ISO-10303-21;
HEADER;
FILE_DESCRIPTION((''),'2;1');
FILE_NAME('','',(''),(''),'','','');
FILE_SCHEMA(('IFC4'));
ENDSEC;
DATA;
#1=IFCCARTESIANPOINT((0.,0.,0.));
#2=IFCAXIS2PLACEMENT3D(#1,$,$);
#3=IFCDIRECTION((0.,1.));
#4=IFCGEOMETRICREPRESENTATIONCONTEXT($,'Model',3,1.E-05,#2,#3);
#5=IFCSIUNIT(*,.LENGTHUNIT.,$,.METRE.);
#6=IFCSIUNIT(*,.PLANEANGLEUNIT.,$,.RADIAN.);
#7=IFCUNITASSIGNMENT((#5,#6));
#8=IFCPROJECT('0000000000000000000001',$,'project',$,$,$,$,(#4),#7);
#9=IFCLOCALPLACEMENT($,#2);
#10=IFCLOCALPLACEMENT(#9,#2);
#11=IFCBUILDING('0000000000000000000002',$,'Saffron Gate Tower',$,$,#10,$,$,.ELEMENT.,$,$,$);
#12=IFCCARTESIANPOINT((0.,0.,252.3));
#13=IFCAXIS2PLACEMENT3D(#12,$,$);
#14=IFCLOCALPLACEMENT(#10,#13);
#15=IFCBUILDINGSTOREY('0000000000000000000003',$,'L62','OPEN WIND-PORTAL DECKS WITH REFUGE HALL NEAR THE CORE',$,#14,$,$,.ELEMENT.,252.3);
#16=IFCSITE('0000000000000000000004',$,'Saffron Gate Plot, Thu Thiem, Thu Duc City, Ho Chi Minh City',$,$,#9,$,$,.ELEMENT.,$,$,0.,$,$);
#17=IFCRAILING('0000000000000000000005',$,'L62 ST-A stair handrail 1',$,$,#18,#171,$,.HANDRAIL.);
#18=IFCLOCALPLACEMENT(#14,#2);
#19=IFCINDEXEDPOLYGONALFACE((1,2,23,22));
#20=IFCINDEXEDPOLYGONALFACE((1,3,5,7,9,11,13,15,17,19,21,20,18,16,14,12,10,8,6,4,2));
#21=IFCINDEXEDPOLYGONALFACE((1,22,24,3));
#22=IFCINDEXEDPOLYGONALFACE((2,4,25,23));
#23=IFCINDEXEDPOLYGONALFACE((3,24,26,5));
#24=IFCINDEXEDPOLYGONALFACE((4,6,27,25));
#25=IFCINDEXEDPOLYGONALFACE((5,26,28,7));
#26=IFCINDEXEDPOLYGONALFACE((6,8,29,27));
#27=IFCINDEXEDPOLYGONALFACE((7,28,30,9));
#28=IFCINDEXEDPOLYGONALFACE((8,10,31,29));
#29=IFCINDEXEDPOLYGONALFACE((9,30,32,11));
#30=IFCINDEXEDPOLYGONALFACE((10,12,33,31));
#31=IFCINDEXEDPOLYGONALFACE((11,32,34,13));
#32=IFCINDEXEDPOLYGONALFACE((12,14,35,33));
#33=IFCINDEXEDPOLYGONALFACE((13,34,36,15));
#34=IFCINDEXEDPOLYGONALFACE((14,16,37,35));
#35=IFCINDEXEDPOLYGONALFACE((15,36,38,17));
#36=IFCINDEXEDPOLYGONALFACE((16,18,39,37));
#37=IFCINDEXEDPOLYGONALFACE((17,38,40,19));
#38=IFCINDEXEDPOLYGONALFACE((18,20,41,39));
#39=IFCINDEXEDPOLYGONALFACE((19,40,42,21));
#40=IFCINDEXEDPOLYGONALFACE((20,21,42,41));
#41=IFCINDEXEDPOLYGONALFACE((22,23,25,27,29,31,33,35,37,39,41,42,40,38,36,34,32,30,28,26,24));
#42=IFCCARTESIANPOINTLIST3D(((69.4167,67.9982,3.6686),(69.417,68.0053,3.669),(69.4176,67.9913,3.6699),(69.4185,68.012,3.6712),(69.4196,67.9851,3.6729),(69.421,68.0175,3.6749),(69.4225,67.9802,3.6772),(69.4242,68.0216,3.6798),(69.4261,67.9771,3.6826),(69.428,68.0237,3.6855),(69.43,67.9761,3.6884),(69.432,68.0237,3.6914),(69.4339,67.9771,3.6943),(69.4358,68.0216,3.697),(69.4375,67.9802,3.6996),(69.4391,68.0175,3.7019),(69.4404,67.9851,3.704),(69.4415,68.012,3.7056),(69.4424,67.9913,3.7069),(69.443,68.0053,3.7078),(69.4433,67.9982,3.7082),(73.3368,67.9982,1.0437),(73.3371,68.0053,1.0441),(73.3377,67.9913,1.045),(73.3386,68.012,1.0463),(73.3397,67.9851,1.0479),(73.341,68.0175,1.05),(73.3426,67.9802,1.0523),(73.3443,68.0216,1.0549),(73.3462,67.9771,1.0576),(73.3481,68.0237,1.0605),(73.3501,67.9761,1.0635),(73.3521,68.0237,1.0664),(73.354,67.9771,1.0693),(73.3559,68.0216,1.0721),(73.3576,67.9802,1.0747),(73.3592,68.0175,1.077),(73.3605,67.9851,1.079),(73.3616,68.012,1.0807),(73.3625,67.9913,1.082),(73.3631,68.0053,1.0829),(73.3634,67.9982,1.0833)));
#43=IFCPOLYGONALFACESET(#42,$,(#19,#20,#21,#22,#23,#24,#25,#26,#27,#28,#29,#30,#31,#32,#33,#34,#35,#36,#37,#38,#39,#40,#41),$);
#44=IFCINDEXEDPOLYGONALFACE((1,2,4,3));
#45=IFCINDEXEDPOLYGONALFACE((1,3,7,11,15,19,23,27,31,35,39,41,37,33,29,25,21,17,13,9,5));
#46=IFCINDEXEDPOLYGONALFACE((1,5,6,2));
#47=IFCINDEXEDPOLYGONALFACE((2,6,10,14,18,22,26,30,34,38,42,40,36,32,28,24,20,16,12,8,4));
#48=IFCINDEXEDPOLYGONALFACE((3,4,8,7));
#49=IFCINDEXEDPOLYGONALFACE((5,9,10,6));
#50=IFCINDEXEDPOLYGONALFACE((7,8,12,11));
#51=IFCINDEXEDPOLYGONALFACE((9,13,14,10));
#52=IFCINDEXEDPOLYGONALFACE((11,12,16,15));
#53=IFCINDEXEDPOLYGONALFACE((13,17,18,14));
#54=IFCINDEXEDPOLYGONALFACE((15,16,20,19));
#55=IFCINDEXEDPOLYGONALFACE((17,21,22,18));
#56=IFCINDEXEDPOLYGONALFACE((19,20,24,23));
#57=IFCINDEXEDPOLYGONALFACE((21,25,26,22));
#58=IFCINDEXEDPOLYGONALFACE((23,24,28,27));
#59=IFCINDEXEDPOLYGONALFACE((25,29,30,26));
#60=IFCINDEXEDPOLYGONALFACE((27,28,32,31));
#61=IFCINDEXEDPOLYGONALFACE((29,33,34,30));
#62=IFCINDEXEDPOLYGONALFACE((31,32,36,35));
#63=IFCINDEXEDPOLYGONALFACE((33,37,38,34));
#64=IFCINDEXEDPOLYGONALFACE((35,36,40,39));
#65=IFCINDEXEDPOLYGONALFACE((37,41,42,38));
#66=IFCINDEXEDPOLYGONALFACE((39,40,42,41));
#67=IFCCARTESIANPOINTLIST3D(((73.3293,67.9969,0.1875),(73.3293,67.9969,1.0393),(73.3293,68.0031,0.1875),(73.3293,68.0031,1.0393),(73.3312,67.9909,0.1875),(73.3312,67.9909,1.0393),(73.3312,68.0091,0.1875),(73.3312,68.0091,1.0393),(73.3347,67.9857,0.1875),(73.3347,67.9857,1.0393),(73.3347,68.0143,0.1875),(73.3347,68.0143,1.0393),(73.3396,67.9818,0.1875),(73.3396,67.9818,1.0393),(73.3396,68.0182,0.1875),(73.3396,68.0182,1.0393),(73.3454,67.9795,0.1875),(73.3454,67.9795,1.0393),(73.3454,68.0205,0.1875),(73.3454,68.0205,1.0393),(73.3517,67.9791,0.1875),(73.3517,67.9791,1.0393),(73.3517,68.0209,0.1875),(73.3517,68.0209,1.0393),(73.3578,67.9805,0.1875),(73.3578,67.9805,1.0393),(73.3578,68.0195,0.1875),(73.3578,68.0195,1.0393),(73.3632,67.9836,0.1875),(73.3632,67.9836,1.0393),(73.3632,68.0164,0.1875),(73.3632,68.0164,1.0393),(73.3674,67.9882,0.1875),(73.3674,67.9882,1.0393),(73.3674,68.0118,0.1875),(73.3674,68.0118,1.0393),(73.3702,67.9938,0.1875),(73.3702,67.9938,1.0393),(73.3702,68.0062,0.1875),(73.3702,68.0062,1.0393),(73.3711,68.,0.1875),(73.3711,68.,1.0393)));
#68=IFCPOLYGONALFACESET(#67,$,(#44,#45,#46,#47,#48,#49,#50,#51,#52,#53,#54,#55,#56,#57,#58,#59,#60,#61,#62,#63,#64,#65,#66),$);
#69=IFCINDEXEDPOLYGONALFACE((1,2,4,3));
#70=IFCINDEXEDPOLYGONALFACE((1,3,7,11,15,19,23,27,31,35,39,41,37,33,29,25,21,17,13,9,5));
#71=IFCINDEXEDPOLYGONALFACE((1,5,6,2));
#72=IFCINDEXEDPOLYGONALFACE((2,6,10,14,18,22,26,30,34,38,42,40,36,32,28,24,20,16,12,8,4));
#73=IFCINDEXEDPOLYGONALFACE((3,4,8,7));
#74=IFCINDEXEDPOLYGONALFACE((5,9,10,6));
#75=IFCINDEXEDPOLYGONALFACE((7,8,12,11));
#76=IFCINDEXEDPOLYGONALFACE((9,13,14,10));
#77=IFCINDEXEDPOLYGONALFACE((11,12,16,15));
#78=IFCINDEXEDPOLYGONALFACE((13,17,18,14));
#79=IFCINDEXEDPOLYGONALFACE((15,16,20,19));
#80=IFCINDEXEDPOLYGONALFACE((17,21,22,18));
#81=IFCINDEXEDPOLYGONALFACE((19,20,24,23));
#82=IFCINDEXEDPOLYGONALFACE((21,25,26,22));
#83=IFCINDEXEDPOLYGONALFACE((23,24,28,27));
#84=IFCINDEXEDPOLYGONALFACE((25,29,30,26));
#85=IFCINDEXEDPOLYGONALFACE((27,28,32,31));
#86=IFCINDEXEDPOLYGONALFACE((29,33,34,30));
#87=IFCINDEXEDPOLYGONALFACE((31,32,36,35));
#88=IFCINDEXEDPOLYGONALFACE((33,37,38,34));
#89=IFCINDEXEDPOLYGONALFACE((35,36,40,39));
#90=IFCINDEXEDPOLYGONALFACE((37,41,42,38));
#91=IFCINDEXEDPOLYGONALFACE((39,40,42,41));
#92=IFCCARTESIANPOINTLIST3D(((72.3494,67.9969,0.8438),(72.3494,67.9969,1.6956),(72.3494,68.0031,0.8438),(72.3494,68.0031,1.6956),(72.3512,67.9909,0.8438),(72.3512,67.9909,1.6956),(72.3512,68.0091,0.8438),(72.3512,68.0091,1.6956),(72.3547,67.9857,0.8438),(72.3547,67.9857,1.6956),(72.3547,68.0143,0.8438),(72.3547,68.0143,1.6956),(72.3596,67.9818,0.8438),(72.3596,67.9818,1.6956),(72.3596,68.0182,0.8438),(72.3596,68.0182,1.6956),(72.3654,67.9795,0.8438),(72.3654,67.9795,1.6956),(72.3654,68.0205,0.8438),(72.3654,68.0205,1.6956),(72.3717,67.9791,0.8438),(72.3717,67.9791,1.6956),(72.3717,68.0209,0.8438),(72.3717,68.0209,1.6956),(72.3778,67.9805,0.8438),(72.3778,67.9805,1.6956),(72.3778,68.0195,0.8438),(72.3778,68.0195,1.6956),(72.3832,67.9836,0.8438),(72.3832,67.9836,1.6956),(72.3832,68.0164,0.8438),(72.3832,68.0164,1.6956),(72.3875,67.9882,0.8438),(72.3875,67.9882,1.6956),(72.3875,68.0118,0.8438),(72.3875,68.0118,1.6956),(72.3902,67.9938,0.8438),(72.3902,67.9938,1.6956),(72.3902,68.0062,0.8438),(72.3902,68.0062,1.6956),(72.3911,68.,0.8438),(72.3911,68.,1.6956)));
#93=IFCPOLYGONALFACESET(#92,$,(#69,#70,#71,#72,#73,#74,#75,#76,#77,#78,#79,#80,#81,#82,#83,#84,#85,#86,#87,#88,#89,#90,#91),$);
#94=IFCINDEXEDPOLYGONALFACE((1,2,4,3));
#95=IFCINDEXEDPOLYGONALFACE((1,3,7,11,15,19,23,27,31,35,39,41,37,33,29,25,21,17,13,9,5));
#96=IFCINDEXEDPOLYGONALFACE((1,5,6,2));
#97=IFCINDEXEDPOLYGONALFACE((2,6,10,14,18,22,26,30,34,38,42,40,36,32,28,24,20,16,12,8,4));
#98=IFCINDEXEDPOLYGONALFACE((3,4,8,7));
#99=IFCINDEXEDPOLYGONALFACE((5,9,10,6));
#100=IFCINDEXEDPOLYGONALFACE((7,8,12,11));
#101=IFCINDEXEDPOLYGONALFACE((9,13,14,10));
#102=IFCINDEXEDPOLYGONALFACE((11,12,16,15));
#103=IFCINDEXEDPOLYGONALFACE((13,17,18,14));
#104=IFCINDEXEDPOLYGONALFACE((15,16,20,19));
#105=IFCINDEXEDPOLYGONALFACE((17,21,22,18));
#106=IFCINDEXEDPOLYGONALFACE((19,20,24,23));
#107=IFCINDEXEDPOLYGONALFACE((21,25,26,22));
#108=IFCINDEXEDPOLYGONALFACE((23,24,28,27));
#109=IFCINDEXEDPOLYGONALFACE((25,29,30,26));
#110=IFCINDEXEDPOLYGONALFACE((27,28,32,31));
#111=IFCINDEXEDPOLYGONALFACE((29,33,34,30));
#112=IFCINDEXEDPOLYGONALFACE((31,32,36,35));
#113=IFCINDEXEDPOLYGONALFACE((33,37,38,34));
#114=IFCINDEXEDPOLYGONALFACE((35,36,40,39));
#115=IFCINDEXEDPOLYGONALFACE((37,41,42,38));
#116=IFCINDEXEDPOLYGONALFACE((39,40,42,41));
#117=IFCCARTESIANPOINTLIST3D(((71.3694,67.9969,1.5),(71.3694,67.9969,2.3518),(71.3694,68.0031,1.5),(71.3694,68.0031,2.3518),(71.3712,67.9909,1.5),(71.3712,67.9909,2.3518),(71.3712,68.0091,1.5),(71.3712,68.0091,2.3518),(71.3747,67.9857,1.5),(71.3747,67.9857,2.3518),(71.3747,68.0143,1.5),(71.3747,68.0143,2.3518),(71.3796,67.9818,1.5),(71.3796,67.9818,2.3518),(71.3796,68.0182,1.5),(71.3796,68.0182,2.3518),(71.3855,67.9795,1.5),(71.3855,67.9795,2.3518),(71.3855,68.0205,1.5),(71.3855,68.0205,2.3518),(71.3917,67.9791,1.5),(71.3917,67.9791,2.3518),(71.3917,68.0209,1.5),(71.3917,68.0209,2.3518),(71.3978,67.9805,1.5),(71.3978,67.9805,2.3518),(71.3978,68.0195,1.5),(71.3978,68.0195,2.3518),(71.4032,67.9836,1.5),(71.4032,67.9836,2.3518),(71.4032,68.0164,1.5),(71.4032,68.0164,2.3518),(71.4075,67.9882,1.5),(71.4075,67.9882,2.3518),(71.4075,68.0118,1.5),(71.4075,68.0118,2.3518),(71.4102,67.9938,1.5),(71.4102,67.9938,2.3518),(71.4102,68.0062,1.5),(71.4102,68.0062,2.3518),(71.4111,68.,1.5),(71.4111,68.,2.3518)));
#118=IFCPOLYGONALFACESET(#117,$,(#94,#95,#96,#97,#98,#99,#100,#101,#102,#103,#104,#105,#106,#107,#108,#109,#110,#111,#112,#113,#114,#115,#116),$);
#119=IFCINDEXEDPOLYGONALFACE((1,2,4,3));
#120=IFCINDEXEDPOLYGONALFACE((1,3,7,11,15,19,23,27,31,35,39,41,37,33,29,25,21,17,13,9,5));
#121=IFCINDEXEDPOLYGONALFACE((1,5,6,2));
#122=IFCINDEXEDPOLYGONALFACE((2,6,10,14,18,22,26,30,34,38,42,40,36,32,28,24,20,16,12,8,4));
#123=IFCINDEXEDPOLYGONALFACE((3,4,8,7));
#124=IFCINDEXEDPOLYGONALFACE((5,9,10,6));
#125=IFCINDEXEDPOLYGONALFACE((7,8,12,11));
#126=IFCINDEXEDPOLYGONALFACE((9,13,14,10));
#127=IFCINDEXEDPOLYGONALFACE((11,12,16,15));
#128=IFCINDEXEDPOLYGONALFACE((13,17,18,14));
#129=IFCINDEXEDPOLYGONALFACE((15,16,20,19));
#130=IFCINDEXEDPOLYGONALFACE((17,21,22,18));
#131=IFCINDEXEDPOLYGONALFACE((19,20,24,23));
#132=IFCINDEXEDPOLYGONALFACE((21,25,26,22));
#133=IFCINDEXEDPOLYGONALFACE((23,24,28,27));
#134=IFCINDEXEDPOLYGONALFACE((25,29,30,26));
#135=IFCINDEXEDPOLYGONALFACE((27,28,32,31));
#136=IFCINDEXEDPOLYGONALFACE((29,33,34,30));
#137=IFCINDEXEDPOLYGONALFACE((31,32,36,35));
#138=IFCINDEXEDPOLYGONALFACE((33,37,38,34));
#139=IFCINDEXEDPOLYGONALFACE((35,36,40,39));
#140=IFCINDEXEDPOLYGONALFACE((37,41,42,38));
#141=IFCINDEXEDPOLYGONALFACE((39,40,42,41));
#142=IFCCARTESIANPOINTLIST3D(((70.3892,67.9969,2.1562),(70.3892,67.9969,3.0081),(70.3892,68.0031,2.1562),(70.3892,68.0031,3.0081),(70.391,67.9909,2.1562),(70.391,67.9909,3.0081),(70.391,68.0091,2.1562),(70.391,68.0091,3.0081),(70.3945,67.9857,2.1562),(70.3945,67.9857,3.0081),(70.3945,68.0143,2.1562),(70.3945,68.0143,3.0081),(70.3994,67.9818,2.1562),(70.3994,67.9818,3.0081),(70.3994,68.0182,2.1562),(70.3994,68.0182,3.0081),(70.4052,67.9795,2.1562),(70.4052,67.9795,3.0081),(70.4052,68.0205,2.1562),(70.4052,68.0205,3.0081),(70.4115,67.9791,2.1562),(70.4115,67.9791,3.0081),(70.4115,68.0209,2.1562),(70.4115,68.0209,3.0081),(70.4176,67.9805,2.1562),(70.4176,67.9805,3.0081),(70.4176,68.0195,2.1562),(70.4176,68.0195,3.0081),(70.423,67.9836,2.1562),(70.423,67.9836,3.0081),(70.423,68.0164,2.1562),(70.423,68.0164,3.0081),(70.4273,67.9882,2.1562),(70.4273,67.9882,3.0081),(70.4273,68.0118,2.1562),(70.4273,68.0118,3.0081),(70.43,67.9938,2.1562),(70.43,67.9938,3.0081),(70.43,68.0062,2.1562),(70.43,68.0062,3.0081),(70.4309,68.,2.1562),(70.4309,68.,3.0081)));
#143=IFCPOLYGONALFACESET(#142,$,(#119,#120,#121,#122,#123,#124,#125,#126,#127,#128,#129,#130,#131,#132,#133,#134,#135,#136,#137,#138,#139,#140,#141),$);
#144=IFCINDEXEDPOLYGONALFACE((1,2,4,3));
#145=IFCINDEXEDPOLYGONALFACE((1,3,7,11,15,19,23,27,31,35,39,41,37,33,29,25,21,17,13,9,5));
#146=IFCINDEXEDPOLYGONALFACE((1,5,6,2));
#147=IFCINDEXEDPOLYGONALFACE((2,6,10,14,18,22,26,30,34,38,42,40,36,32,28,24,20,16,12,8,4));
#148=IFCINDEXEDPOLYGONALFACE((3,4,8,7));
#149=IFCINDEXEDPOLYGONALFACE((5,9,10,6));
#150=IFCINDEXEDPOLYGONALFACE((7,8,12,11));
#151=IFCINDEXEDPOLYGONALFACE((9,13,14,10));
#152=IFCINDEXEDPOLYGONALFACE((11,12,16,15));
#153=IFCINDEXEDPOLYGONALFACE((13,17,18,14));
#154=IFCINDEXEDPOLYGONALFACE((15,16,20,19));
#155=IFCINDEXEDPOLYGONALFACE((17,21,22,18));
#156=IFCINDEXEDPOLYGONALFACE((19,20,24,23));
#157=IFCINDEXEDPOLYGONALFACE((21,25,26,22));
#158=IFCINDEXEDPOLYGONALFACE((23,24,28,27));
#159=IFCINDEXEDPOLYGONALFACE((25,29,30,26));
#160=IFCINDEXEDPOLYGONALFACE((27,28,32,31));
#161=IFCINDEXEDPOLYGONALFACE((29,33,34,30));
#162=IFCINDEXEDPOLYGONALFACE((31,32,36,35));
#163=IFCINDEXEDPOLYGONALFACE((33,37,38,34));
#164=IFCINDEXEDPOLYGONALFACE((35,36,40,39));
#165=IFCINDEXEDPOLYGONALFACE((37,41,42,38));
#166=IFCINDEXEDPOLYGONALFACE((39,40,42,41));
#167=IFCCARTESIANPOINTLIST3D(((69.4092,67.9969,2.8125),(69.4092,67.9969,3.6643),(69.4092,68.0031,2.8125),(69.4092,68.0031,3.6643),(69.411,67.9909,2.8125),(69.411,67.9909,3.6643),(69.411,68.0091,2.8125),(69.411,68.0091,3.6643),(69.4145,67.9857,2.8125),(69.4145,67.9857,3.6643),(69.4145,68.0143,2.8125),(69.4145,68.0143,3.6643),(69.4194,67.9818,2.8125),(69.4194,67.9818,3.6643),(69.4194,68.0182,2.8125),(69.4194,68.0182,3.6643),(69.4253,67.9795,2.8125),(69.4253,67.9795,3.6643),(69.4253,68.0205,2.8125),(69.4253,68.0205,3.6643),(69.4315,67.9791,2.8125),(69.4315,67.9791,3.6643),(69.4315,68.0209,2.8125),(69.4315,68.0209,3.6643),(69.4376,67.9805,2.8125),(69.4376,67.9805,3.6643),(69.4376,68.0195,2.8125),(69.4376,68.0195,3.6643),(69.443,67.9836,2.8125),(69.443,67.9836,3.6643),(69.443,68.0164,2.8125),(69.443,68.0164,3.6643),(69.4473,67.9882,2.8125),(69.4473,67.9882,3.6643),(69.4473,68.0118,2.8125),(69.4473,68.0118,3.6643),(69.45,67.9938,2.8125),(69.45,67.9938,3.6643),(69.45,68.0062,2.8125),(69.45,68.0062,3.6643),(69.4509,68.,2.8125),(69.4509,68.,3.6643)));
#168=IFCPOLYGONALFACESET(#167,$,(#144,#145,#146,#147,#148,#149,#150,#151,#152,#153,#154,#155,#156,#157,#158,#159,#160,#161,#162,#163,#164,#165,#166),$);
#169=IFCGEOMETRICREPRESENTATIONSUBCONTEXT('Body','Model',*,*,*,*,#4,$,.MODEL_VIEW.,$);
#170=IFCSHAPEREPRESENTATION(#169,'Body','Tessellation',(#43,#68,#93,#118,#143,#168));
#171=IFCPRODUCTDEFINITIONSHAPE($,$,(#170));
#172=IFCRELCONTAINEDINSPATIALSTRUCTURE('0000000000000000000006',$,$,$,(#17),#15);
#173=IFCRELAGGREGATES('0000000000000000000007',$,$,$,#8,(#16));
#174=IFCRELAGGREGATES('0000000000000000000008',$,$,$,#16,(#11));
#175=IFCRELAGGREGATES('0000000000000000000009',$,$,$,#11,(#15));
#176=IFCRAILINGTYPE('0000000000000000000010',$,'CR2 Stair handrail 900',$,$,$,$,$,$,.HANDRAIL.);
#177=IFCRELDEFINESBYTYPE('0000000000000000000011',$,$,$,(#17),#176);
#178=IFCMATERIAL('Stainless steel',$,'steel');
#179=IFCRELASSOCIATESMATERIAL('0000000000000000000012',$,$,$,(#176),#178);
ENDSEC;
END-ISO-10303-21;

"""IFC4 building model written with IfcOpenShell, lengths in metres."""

from ifc_helpers import new_model, si_unit, direction, frame, origin, origin_2d, place, context, subcontext, project, spatial, circle, extrude, material, type_object, element, save


model = new_model("IFC4")

# Units and contexts
model_context = context("Model", 3, precision=1e-05, world=origin(), true_north=direction((0.0, 1.0)))
body_context = subcontext(model_context, "Body", "Model", "MODEL_VIEW")
ifc_project = project(units=[si_unit("LENGTHUNIT", "METRE"), si_unit("PLANEANGLEUNIT", "RADIAN")], contexts=[model_context])

# Site, building, storey
site_placement = place(None, origin())
site = spatial("IfcSite", under=ifc_project, at=site_placement, Name="Saffron Gate Plot, Thu Thiem, Thu Duc City, Ho Chi Minh City", CompositionType="ELEMENT", RefElevation=0.0)
building_placement = place(site_placement, origin())
building = spatial("IfcBuilding", under=site, at=building_placement, Name="Saffron Gate Tower", CompositionType="ELEMENT")
storey_placement = place(building_placement, frame((0.0, 0.0, 252.3)))
storey = spatial("IfcBuildingStorey", under=building, at=storey_placement, Name="L62", Description="OPEN WIND-PORTAL DECKS WITH REFUGE HALL NEAR THE CORE", CompositionType="ELEMENT", Elevation=252.3)

# Railing
ifc_material_1 = material(Name="Stainless steel", Category="steel")
railing_type_1 = type_object("IfcRailingType", Name="CR2 Stair handrail 900", PredefinedType="HANDRAIL", material=ifc_material_1)
for number, where, name in (
    (1, (73.3501, 68.0, 0.1875), "L62 ST-A stair handrail 1"),
):
    element("IfcRailing", number, at=place(storey_placement, frame(where)), inside=storey, type_object=railing_type_1, Name=name, PredefinedType="HANDRAIL", context=body_context, shape_type="SweptSolid", body=[
        extrude(circle(Radius=0.0239, at=origin_2d()), frame((0.0, 0.0, 0.876), z_axis=(-0.830918, 0.0, 0.556395), x_axis=(0.0, -1.0, 0.0)), (0.0, 0.0, 1.0), 4.7178),
        extrude(circle(Radius=0.021, at=origin_2d()), origin(), (0.0, 0.0, 1.0), 0.8518),
        extrude(circle(Radius=0.021, at=origin_2d()), frame((-0.98, 0.0, 0.6562)), (0.0, 0.0, 1.0), 0.8518),
        extrude(circle(Radius=0.021, at=origin_2d()), frame((-1.96, 0.0, 1.3125)), (0.0, 0.0, 1.0), 0.8518),
        extrude(circle(Radius=0.021, at=origin_2d()), frame((-2.9402, 0.0, 1.9688)), (0.0, 0.0, 1.0), 0.8518),
        extrude(circle(Radius=0.021, at=origin_2d()), frame((-3.9202, 0.0, 2.625)), (0.0, 0.0, 1.0), 0.8518),
    ])

save(model, "model.ifc")
